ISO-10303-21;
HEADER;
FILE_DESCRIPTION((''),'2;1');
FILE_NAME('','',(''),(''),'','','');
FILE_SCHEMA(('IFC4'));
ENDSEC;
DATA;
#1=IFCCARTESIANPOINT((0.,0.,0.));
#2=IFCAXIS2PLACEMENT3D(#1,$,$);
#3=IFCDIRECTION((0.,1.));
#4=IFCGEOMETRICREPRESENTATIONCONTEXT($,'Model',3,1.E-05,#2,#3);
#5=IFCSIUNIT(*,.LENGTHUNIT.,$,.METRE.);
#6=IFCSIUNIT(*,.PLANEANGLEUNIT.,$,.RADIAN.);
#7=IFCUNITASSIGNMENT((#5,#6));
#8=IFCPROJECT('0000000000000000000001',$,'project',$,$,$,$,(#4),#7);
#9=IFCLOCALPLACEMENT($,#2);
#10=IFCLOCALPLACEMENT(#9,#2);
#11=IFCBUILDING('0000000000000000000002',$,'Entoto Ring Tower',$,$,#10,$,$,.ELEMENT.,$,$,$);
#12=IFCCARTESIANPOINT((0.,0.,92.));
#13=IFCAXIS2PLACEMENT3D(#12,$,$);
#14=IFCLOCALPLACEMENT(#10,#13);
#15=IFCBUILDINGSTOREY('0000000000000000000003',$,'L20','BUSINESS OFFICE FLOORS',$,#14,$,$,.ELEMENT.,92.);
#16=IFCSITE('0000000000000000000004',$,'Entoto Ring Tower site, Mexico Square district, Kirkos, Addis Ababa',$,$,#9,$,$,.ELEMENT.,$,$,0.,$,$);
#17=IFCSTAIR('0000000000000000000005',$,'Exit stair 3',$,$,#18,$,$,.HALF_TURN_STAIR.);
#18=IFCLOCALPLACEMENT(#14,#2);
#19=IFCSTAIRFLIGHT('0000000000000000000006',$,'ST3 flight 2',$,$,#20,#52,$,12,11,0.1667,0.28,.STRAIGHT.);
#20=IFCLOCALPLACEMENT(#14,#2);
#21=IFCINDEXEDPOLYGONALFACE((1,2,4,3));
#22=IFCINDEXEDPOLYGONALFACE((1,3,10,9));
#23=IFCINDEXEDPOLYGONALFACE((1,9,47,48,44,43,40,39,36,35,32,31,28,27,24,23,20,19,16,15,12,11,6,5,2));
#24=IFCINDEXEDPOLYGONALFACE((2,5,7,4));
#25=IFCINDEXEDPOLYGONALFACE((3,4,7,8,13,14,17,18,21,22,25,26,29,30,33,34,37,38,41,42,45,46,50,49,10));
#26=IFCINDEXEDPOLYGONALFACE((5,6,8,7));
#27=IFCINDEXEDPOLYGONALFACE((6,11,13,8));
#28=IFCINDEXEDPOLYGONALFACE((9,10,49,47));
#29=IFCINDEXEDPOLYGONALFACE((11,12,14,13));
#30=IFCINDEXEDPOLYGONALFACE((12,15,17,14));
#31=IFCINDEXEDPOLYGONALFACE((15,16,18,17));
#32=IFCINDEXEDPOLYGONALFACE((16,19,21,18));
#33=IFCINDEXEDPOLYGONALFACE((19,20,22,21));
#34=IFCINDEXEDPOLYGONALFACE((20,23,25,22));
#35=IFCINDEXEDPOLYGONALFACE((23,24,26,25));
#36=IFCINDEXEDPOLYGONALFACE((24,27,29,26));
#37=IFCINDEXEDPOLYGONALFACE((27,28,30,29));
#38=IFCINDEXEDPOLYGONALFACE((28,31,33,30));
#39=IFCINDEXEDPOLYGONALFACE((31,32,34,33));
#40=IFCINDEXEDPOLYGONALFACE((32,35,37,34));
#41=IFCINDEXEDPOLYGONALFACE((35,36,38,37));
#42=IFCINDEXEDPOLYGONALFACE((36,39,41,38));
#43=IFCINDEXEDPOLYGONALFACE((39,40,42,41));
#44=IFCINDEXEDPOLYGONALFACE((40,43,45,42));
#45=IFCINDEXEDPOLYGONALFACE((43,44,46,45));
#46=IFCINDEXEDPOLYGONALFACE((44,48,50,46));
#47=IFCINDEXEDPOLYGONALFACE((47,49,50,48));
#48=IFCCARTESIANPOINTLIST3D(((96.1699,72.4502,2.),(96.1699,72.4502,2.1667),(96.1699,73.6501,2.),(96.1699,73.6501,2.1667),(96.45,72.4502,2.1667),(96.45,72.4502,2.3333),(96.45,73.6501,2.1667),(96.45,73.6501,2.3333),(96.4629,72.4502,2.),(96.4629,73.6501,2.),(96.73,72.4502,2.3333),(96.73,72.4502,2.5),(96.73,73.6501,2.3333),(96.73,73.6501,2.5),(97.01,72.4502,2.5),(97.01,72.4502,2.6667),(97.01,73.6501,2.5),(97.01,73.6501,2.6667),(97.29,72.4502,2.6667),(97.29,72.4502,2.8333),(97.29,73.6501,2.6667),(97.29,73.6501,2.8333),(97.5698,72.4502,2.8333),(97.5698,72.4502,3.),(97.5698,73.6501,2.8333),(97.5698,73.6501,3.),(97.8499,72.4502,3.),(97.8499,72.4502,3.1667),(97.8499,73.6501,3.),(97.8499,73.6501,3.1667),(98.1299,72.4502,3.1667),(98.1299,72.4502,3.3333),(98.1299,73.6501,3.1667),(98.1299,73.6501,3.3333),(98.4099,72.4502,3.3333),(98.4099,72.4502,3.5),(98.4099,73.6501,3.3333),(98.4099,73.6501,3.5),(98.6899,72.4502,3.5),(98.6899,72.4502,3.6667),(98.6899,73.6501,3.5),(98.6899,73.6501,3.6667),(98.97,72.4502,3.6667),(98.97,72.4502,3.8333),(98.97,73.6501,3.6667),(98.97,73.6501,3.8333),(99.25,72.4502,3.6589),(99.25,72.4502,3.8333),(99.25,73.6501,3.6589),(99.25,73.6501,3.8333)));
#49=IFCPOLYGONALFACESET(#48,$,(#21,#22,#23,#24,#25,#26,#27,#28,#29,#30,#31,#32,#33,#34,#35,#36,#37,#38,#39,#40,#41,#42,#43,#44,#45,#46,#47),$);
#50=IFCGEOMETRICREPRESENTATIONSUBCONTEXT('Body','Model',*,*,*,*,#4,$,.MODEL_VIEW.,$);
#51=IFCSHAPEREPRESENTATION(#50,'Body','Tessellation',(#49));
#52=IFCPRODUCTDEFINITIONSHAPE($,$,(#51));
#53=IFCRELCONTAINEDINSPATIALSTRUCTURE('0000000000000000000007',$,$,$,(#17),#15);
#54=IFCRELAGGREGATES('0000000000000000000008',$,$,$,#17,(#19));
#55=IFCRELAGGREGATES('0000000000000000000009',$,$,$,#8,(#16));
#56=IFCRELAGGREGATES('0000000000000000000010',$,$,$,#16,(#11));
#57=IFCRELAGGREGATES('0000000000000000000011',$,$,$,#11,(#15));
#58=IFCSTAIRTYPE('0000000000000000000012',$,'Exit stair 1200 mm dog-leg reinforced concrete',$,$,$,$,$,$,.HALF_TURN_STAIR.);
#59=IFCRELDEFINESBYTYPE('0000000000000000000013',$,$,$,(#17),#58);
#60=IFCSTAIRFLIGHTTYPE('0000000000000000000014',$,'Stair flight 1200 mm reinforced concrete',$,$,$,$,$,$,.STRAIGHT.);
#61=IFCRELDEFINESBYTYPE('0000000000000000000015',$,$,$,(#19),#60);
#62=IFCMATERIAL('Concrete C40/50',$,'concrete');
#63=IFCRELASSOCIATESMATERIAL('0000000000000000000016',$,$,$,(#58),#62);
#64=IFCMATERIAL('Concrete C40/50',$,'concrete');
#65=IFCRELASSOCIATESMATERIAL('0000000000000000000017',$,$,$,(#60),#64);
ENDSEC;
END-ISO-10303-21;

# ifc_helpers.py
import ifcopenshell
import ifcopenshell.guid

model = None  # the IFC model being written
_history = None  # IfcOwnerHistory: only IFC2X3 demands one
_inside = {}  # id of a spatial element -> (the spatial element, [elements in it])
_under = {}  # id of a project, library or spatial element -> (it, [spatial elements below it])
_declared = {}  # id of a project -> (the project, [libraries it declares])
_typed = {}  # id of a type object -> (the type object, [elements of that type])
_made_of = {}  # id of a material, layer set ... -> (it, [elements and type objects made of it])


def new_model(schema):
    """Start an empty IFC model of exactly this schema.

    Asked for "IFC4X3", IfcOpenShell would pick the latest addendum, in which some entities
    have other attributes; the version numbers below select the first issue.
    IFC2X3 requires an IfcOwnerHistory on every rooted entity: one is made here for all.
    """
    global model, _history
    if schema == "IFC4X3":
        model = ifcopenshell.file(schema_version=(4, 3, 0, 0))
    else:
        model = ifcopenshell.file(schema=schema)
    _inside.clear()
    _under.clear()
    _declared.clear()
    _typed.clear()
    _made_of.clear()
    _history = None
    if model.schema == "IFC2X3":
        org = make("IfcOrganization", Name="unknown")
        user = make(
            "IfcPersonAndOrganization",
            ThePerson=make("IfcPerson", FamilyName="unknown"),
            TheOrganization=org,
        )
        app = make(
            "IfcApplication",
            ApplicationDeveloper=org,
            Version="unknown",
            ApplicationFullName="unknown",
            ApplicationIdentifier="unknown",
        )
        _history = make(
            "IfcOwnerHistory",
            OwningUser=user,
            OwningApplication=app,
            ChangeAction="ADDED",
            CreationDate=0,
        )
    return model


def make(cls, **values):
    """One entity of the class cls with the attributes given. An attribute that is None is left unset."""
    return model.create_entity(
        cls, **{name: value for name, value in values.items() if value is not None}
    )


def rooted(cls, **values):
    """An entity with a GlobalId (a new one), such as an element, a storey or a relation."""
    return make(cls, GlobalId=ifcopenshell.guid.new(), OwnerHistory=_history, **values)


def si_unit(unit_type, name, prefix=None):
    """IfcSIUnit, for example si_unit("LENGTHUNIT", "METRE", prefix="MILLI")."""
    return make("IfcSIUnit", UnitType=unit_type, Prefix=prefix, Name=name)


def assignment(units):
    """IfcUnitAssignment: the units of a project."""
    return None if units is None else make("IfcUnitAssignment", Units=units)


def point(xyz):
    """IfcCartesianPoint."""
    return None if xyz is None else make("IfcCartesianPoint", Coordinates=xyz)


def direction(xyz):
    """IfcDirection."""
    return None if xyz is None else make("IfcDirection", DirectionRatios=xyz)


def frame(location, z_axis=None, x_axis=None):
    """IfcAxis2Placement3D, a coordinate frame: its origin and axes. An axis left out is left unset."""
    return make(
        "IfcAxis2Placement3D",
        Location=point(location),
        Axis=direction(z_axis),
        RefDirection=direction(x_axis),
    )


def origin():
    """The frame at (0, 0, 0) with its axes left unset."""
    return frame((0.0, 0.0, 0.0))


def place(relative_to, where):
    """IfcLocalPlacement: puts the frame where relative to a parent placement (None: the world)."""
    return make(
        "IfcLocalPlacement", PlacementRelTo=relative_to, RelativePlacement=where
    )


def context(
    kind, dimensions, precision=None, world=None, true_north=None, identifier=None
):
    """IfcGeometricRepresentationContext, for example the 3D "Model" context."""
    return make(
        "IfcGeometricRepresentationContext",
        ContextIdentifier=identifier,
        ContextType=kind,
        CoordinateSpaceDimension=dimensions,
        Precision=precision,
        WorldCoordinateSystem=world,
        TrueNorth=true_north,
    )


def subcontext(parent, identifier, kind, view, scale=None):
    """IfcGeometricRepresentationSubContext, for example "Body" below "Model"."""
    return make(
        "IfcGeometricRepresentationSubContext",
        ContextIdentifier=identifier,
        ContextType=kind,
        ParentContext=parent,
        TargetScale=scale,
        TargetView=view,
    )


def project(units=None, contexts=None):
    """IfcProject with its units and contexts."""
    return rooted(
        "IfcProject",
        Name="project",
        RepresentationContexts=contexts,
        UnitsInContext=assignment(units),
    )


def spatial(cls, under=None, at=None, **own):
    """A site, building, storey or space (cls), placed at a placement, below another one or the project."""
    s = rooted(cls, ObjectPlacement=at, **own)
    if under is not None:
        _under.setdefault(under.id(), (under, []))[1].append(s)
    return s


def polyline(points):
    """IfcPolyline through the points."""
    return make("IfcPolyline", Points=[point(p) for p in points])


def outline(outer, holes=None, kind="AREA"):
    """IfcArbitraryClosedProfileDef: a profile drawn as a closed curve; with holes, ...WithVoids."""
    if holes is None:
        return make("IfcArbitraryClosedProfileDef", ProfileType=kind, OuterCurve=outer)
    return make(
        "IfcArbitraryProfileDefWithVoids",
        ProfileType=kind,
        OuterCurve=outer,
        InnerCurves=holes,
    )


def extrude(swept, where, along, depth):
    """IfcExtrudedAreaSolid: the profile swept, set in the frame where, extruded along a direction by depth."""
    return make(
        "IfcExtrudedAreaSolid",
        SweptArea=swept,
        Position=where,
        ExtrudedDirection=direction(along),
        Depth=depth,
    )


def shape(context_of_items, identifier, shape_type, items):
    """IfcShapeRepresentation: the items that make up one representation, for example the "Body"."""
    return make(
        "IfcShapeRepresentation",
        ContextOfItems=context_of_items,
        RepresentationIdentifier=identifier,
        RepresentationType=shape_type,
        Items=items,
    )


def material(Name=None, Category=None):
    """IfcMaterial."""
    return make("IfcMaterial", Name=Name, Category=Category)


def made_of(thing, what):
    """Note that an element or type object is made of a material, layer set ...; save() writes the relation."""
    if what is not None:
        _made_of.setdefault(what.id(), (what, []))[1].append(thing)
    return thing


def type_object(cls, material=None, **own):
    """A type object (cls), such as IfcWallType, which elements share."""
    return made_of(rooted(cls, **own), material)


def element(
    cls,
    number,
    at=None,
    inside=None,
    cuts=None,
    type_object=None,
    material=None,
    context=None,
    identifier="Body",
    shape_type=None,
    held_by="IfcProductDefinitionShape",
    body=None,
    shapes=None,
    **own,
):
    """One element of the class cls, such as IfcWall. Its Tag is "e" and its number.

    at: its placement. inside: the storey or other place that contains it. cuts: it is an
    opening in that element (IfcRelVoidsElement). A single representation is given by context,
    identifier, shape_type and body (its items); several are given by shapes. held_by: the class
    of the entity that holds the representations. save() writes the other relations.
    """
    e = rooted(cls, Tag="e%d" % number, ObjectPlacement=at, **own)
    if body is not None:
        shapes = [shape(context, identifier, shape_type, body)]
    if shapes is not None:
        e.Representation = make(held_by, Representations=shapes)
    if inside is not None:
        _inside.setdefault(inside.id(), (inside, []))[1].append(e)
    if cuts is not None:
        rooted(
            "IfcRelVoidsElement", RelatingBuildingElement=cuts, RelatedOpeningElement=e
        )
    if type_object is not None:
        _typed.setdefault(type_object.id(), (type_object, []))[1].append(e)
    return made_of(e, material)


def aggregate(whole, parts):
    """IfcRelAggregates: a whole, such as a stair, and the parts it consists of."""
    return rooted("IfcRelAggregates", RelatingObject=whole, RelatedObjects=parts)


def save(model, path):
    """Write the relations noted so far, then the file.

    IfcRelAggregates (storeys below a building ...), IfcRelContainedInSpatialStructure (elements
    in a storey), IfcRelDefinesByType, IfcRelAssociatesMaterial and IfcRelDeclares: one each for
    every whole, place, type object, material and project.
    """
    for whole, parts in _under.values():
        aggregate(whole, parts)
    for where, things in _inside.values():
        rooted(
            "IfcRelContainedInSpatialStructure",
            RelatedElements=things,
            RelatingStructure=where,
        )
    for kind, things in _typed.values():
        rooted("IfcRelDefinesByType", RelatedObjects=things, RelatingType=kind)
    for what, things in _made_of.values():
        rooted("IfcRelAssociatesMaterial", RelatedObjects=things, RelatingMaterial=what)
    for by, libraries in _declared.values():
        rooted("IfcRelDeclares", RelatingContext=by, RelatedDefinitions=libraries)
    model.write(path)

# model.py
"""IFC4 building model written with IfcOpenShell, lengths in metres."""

from ifc_helpers import new_model, si_unit, direction, frame, origin, place, context, subcontext, project, spatial, polyline, outline, extrude, material, type_object, element, aggregate, save


model = new_model("IFC4")

# Units and contexts
model_context = context("Model", 3, precision=1e-05, world=origin(), true_north=direction((0.0, 1.0)))
body_context = subcontext(model_context, "Body", "Model", "MODEL_VIEW")
ifc_project = project(units=[si_unit("LENGTHUNIT", "METRE"), si_unit("PLANEANGLEUNIT", "RADIAN")], contexts=[model_context])

# Site, building, storey
site_placement = place(None, origin())
site = spatial("IfcSite", under=ifc_project, at=site_placement, Name="Entoto Ring Tower site, Mexico Square district, Kirkos, Addis Ababa", CompositionType="ELEMENT", RefElevation=0.0)
building_placement = place(site_placement, origin())
building = spatial("IfcBuilding", under=site, at=building_placement, Name="Entoto Ring Tower", CompositionType="ELEMENT")
storey_placement = place(building_placement, frame((0.0, 0.0, 92.0)))
storey = spatial("IfcBuildingStorey", under=building, at=storey_placement, Name="L20", Description="BUSINESS OFFICE FLOORS", CompositionType="ELEMENT", Elevation=92.0)

# Stair, stair flight
ifc_material_1 = material(Name="Concrete C40/50", Category="concrete")
stair_type = type_object("IfcStairType", Name="Exit stair 1200 mm dog-leg reinforced concrete", PredefinedType="HALF_TURN_STAIR", material=ifc_material_1)
stair_placement = place(storey_placement, origin())
stair = element("IfcStair", 1, at=stair_placement, inside=storey, type_object=stair_type, Name="Exit stair 3", PredefinedType="HALF_TURN_STAIR")
ifc_material_2 = material(Name="Concrete C40/50", Category="concrete")
stair_flight_type = type_object("IfcStairFlightType", Name="Stair flight 1200 mm reinforced concrete", PredefinedType="STRAIGHT", material=ifc_material_2)
stair_flight_placement = place(storey_placement, frame((96.1699, 73.05, 2.0), z_axis=(0.0, 0.0, 1.0), x_axis=(1.0, 0.0, 0.0)))
stair_flight = element("IfcStairFlight", 2, at=stair_flight_placement, type_object=stair_flight_type, Name="ST3 flight 2", NumberOfRisers=12, NumberOfTreads=11, PredefinedType="STRAIGHT", RiserHeight=0.1667, TreadLength=0.28, context=body_context, shape_type="SweptSolid", body=[
    extrude(outline(polyline([(0.0, 0.0), (0.0, 0.1667), (0.28, 0.1667), (0.28, 0.3333), (0.5601, 0.3333), (0.5601, 0.5), (0.8401, 0.5), (0.8401, 0.6667), (1.1201, 0.6667), (1.1201, 0.8333), (1.3999, 0.8333), (1.3999, 1.0), (1.6799, 1.0), (1.6799, 1.1667), (1.96, 1.1667), (1.96, 1.3333), (2.24, 1.3333), (2.24, 1.5), (2.52, 1.5), (2.52, 1.6667), (2.8, 1.6667), (2.8, 1.8333), (3.0801, 1.8333), (3.0801, 2.0), (3.0801, 1.6589), (0.293, 0.0), (0.0, 0.0)])), frame((0.0, 0.6001, 0.0), z_axis=(0.0, -1.0, 0.0), x_axis=(1.0, 0.0, 0.0)), (0.0, 0.0, 1.0), 1.2),
])
aggregate(stair, [stair_flight])

save(model, "model.ifc")
